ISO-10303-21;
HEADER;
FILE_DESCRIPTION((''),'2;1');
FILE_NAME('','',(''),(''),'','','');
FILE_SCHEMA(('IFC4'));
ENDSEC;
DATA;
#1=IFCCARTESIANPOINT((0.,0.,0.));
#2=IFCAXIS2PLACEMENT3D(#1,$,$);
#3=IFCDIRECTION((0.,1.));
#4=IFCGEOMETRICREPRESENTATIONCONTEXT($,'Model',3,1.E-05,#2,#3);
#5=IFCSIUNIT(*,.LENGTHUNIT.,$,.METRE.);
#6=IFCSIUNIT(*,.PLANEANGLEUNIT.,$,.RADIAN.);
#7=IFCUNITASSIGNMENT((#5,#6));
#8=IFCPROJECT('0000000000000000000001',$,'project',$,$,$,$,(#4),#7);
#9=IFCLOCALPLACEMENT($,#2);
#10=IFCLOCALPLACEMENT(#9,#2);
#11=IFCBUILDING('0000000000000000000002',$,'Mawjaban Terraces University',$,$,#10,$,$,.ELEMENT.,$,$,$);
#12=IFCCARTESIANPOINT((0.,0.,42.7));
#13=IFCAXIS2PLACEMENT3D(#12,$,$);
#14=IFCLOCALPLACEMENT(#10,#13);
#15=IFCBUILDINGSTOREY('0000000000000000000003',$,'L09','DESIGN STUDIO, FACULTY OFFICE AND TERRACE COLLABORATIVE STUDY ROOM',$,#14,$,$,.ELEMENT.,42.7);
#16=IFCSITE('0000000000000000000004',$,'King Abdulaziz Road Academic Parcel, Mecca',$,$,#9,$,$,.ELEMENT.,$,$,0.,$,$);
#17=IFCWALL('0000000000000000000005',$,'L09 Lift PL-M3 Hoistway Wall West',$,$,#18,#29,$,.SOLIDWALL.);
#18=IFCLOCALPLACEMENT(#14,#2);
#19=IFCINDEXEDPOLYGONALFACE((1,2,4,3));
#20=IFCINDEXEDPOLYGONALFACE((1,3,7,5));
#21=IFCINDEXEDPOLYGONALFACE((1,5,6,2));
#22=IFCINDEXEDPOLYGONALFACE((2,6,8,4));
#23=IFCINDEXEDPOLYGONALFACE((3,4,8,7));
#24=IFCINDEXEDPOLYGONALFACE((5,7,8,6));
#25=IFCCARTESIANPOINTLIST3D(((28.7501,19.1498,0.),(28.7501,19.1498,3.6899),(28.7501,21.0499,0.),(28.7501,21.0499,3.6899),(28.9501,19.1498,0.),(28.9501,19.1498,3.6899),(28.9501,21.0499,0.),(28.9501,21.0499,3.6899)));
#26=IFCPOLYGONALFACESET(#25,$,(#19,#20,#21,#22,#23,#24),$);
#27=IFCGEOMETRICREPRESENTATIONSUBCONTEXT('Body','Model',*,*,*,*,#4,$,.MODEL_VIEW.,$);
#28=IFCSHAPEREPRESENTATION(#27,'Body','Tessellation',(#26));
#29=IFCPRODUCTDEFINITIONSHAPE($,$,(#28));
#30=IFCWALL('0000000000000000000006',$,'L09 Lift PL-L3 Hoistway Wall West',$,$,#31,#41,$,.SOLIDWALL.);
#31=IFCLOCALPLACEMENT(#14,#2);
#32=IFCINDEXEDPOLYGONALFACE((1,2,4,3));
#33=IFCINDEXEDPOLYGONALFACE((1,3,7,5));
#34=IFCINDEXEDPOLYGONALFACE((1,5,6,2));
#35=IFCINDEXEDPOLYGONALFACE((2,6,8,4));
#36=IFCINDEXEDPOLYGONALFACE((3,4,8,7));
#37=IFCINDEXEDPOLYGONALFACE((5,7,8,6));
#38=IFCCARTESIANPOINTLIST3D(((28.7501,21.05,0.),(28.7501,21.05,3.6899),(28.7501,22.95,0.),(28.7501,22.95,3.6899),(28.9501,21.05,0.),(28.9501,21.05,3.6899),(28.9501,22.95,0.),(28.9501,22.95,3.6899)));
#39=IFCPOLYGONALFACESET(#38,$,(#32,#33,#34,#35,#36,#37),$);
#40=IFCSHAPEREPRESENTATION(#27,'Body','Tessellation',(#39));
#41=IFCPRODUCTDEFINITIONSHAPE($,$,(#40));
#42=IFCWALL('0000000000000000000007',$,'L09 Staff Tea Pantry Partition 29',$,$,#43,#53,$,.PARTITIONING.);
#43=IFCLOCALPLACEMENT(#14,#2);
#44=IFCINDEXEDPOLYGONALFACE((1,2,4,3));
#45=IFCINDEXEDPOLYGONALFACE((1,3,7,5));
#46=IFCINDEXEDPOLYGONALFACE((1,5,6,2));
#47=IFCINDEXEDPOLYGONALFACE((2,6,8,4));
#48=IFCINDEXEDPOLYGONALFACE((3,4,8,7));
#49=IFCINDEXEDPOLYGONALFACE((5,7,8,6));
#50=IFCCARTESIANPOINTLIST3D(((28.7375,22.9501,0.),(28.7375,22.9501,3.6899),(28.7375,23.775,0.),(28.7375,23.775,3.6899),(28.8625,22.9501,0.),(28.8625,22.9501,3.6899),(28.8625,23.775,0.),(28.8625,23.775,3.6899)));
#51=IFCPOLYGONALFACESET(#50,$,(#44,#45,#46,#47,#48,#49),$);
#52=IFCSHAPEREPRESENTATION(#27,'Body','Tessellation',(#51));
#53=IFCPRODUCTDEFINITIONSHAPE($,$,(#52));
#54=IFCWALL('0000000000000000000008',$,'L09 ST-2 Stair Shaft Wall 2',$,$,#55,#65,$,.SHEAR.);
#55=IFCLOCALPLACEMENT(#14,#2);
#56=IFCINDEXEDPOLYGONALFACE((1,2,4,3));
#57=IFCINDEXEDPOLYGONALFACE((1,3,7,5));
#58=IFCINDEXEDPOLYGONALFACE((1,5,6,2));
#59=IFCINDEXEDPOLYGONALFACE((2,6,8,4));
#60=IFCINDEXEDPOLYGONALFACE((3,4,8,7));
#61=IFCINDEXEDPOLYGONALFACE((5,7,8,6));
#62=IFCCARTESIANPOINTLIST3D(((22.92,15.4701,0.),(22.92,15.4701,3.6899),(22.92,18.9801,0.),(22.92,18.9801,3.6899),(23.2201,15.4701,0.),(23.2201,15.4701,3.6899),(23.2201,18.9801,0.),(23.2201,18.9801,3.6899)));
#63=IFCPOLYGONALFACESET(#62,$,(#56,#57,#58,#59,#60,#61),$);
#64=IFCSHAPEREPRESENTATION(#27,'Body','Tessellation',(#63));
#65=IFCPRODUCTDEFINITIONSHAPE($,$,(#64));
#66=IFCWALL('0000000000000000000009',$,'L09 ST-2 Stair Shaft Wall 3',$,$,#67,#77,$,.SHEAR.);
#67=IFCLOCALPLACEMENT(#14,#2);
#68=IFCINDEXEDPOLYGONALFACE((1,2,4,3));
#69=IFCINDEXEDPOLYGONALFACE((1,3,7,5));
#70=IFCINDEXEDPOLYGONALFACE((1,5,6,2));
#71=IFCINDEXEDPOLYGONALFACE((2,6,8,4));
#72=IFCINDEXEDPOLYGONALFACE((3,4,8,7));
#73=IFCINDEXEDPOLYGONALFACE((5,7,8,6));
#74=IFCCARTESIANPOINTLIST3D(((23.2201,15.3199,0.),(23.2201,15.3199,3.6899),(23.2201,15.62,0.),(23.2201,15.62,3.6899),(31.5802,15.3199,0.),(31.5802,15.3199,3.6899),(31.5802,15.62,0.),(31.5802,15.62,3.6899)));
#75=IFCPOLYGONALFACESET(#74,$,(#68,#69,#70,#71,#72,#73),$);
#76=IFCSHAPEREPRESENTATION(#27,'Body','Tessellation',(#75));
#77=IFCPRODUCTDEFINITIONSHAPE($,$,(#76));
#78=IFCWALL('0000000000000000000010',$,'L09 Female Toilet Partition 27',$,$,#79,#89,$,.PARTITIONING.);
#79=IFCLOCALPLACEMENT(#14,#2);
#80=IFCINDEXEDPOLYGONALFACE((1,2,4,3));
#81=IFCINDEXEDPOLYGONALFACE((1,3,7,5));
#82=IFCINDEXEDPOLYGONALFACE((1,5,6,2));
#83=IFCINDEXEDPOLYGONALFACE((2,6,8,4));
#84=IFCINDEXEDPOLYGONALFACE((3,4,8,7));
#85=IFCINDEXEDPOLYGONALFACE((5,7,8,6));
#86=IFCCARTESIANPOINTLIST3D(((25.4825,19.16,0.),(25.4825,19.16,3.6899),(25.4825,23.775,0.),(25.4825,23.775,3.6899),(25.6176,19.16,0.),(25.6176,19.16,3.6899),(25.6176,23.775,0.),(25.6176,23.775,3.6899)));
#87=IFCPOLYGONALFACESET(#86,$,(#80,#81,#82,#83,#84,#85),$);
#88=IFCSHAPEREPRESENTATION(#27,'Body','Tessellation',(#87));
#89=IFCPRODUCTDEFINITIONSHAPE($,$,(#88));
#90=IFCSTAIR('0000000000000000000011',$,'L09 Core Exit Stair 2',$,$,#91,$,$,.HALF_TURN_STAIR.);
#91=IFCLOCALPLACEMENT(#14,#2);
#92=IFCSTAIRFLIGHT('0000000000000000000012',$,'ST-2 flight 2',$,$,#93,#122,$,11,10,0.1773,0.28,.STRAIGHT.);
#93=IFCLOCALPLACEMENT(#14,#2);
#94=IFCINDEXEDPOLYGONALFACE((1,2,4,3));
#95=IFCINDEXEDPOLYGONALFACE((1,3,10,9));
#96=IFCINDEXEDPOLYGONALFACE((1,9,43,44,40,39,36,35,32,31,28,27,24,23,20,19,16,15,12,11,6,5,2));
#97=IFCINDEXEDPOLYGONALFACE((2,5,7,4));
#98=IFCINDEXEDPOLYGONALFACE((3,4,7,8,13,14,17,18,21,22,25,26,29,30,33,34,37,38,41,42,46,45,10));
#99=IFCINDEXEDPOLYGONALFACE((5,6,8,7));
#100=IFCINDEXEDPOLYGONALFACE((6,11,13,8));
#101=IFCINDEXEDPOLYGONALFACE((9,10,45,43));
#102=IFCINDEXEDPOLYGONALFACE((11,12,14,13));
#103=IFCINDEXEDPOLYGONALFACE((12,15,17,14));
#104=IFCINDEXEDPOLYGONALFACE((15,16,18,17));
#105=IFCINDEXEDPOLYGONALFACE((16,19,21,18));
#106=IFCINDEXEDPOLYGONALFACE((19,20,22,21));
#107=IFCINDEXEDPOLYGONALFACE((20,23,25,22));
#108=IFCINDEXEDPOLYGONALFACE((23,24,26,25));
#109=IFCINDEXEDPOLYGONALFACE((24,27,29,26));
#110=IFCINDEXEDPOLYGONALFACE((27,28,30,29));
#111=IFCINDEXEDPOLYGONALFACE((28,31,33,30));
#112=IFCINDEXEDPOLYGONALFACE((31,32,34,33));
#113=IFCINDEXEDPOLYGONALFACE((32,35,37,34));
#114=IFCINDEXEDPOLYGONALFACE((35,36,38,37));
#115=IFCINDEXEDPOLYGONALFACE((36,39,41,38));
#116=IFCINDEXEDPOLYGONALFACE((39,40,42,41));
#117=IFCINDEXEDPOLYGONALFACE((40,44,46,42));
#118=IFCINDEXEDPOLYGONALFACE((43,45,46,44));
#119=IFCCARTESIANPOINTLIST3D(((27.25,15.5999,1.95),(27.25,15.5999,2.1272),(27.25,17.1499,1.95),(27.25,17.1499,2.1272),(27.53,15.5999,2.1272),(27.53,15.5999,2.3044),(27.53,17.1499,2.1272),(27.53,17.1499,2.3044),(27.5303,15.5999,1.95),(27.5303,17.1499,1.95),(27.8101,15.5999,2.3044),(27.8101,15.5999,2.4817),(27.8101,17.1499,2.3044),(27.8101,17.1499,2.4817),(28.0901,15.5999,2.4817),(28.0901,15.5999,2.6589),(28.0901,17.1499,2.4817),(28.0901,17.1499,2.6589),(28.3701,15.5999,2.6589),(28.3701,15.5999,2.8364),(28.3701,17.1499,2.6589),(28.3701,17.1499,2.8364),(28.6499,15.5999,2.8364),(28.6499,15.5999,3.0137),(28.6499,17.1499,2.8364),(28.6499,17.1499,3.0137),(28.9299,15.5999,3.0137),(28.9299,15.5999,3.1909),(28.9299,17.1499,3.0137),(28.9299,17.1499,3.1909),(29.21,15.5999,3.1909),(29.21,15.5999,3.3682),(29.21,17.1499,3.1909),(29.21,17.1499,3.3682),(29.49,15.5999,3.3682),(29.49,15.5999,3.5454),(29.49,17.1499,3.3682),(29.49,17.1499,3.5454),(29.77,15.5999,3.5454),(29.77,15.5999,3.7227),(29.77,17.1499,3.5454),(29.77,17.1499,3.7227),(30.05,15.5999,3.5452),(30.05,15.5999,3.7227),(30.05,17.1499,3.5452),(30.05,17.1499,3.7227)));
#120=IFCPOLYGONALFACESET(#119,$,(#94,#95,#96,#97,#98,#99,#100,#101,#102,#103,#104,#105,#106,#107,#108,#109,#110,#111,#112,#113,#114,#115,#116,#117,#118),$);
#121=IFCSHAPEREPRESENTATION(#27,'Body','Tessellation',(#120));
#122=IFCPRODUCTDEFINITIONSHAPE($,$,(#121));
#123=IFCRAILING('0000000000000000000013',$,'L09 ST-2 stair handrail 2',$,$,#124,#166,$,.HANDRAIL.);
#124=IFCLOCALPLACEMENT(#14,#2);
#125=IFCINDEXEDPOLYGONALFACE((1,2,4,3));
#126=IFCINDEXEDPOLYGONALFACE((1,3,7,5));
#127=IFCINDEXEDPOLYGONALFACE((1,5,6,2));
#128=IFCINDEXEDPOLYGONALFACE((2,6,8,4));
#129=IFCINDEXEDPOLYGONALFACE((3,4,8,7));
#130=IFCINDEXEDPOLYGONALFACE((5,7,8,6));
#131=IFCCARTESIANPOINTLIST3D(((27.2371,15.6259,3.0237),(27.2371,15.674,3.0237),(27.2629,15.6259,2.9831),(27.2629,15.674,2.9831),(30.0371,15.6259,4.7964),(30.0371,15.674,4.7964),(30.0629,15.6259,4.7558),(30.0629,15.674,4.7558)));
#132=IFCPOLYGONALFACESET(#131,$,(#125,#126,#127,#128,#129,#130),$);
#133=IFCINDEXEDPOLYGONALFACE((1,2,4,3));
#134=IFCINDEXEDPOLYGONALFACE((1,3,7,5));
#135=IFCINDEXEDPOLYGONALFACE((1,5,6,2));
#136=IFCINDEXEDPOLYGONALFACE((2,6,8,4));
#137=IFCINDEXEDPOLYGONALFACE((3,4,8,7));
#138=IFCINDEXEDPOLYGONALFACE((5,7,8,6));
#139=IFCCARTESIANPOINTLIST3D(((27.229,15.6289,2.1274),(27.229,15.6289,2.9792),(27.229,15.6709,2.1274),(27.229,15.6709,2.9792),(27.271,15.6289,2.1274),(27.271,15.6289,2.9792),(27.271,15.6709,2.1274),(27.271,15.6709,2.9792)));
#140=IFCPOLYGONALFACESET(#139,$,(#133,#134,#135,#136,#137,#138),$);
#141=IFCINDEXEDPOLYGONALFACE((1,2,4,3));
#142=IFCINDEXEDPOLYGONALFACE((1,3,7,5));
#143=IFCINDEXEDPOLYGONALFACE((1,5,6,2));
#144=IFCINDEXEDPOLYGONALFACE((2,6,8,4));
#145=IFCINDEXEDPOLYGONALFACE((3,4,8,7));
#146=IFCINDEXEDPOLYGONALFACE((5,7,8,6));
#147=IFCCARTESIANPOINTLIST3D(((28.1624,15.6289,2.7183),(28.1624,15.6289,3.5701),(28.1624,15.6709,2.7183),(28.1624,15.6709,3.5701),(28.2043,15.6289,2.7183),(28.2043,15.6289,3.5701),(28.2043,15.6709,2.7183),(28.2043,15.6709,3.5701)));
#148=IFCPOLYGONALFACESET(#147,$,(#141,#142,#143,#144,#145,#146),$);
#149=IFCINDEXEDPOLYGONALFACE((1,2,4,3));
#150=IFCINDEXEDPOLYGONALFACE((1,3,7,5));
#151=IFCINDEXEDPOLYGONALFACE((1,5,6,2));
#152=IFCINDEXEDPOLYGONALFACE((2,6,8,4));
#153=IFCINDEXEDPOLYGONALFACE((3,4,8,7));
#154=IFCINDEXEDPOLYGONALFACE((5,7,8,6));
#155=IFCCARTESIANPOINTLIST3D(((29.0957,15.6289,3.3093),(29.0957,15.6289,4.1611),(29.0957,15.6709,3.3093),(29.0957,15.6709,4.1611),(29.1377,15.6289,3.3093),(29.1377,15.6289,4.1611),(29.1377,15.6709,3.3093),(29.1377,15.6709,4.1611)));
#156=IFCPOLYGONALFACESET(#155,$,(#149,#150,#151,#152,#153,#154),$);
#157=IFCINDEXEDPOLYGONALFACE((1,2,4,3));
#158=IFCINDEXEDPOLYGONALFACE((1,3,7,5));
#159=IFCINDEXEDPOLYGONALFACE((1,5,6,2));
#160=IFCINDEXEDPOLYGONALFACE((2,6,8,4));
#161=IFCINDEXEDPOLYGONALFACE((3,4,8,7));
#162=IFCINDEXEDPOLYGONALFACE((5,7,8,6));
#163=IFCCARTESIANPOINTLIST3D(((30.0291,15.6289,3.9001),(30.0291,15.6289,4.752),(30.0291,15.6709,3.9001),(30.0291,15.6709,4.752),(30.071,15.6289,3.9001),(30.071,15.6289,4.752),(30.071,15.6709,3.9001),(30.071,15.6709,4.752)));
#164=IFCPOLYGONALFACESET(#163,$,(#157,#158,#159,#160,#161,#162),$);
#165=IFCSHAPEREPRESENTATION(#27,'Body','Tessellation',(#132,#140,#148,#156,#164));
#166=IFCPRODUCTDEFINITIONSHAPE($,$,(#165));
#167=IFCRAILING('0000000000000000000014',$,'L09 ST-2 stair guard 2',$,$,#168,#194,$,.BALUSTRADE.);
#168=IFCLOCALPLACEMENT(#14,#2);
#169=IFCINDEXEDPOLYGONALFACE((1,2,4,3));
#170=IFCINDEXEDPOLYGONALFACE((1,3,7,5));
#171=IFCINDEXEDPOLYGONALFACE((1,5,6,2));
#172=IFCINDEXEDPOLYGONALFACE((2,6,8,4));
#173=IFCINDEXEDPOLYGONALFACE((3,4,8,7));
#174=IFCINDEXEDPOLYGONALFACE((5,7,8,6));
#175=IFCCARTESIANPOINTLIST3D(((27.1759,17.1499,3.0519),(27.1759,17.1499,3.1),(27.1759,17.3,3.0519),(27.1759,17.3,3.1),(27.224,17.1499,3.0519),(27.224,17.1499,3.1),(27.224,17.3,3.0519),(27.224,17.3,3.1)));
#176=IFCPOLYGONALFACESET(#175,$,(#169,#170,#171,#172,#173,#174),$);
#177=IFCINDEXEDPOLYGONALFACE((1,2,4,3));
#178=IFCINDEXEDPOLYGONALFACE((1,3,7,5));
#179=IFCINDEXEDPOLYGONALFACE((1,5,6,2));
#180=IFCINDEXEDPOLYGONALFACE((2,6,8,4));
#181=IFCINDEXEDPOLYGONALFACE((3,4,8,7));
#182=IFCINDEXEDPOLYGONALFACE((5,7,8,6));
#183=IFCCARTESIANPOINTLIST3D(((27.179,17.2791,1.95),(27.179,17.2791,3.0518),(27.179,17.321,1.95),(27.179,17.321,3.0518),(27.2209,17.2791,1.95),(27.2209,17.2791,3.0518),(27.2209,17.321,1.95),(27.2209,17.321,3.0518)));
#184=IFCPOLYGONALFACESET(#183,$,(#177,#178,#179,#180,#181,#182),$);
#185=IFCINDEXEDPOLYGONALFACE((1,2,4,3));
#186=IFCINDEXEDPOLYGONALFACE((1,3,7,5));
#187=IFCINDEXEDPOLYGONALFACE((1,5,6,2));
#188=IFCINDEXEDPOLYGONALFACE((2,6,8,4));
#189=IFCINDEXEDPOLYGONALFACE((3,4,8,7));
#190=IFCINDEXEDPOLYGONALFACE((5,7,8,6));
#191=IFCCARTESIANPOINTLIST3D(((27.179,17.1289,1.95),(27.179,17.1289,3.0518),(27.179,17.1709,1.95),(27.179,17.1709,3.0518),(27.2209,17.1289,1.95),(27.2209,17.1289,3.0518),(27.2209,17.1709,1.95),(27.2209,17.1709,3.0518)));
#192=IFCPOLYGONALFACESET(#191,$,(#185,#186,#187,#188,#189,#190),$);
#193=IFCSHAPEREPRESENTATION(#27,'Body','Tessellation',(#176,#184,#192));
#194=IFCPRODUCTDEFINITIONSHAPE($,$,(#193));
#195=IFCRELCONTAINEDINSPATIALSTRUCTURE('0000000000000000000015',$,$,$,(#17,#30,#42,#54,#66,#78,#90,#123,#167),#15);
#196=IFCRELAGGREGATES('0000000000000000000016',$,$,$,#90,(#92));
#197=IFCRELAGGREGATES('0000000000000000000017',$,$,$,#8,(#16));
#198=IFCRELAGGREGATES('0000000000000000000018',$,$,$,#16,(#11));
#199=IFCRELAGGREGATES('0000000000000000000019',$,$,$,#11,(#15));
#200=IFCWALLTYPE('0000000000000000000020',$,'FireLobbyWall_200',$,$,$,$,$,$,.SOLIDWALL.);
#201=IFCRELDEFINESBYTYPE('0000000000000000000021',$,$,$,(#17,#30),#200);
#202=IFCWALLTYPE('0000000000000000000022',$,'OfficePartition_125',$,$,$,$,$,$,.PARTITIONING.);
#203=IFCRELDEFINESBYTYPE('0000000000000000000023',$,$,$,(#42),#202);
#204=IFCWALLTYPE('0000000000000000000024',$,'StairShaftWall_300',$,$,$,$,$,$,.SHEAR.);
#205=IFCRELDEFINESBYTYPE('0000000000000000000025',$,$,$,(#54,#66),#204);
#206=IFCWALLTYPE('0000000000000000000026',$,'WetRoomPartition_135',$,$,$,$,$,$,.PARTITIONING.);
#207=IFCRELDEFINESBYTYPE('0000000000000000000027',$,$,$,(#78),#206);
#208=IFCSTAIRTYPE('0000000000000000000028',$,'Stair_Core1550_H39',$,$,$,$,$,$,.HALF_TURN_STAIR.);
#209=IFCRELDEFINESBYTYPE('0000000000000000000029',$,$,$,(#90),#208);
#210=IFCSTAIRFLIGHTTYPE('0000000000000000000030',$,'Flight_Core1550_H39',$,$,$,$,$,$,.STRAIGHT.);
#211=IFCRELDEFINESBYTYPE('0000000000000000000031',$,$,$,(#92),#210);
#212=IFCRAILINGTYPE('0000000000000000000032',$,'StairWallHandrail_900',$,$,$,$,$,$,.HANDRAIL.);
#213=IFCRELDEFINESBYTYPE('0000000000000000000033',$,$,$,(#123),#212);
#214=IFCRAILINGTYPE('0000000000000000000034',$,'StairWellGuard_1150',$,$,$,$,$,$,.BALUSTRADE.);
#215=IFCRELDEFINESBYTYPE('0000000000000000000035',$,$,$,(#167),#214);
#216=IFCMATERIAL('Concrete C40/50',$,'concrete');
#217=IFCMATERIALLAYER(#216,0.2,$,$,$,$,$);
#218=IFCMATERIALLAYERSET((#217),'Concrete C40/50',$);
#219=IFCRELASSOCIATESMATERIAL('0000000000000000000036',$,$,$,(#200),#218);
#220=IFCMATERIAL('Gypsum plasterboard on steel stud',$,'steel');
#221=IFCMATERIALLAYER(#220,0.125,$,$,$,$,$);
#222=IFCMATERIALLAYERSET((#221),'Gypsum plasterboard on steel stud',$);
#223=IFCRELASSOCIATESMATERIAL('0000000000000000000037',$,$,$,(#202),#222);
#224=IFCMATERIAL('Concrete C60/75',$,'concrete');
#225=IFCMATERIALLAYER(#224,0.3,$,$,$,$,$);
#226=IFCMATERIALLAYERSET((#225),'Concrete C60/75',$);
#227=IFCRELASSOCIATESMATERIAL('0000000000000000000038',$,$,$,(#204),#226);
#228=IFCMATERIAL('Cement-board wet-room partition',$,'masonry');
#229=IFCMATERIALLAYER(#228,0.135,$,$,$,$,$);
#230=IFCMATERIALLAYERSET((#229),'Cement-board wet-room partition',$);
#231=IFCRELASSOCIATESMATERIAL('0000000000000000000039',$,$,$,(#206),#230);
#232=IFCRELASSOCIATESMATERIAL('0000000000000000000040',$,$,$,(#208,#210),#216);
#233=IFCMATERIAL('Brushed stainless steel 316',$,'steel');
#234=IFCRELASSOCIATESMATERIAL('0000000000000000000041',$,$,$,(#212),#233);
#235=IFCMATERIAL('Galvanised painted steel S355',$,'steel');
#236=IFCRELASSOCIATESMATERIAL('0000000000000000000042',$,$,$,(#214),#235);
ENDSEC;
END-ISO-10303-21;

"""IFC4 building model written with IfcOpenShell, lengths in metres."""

from ifc_helpers import new_model, si_unit, direction, frame, frame_2d, origin, origin_2d, place, context, subcontext, project, spatial, polyline, rectangle, outline, extrude, material, layer, layer_set, type_object, element, aggregate, save


model = new_model("IFC4")

# Units and contexts
model_context = context("Model", 3, precision=1e-05, world=origin(), true_north=direction((0.0, 1.0)))
body_context = subcontext(model_context, "Body", "Model", "MODEL_VIEW")
ifc_project = project(units=[si_unit("LENGTHUNIT", "METRE"), si_unit("PLANEANGLEUNIT", "RADIAN")], contexts=[model_context])

# Site, building, storey
site_placement = place(None, origin())
site = spatial("IfcSite", under=ifc_project, at=site_placement, Name="King Abdulaziz Road Academic Parcel, Mecca", CompositionType="ELEMENT", RefElevation=0.0)
building_placement = place(site_placement, origin())
building = spatial("IfcBuilding", under=site, at=building_placement, Name="Mawjaban Terraces University", CompositionType="ELEMENT")
storey_placement = place(building_placement, frame((0.0, 0.0, 42.7)))
storey = spatial("IfcBuildingStorey", under=building, at=storey_placement, Name="L09", Description="DESIGN STUDIO, FACULTY OFFICE AND TERRACE COLLABORATIVE STUDY ROOM", CompositionType="ELEMENT", Elevation=42.7)

# Walls
ifc_material_1 = material(Name="Concrete C40/50", Category="concrete")
ifc_layer_1 = layer(ifc_material_1, 0.2)
ifc_layer_set_1 = layer_set([ifc_layer_1], Name="Concrete C40/50")
wall_type_1 = type_object("IfcWallType", Name="FireLobbyWall_200", PredefinedType="SOLIDWALL", material=ifc_layer_set_1)
wall_1_placement = place(storey_placement, frame((28.8501, 21.05, 0.0), z_axis=(0.0, 0.0, 1.0), x_axis=(0.0, -1.0, 0.0)))
element("IfcWall", 1, at=wall_1_placement, inside=storey, type_object=wall_type_1, Name="L09 Lift PL-M3 Hoistway Wall West", PredefinedType="SOLIDWALL", context=body_context, shape_type="SweptSolid", body=[
    extrude(rectangle(XDim=1.9001, YDim=0.2, at=frame_2d((0.9502, 0.0))), origin(), (0.0, 0.0, 1.0), 3.6899),
])
wall_2_placement = place(storey_placement, frame((28.8501, 22.95, 0.0), z_axis=(0.0, 0.0, 1.0), x_axis=(0.0, -1.0, 0.0)))
element("IfcWall", 2, at=wall_2_placement, inside=storey, type_object=wall_type_1, Name="L09 Lift PL-L3 Hoistway Wall West", PredefinedType="SOLIDWALL", context=body_context, shape_type="SweptSolid", body=[
    extrude(rectangle(XDim=1.8999, YDim=0.2, at=frame_2d((0.95, 0.0))), origin(), (0.0, 0.0, 1.0), 3.6899),
])
ifc_material_2 = material(Name="Gypsum plasterboard on steel stud", Category="steel")
ifc_layer_2 = layer(ifc_material_2, 0.125)
ifc_layer_set_2 = layer_set([ifc_layer_2], Name="Gypsum plasterboard on steel stud")
wall_type_2 = type_object("IfcWallType", Name="OfficePartition_125", PredefinedType="PARTITIONING", material=ifc_layer_set_2)
wall_3_placement = place(storey_placement, frame((28.8, 22.95, 0.0), z_axis=(0.0, 0.0, 1.0), x_axis=(0.0, 1.0, 0.0)))
element("IfcWall", 3, at=wall_3_placement, inside=storey, type_object=wall_type_2, Name="L09 Staff Tea Pantry Partition 29", PredefinedType="PARTITIONING", context=body_context, shape_type="SweptSolid", body=[
    extrude(rectangle(XDim=0.825, YDim=0.125, at=frame_2d((0.4126, 0.0))), origin(), (0.0, 0.0, 1.0), 3.6899),
])
ifc_material_3 = material(Name="Concrete C60/75", Category="concrete")
ifc_layer_3 = layer(ifc_material_3, 0.3)
ifc_layer_set_3 = layer_set([ifc_layer_3], Name="Concrete C60/75")
wall_type_3 = type_object("IfcWallType", Name="StairShaftWall_300", PredefinedType="SHEAR", material=ifc_layer_set_3)
wall_4_placement = place(storey_placement, frame((23.0701, 18.98, 0.0), z_axis=(0.0, 0.0, 1.0), x_axis=(0.0, -1.0, 0.0)))
element("IfcWall", 4, at=wall_4_placement, inside=storey, type_object=wall_type_3, Name="L09 ST-2 Stair Shaft Wall 2", PredefinedType="SHEAR", context=body_context, shape_type="SweptSolid", body=[
    extrude(rectangle(XDim=3.51, YDim=0.3, at=frame_2d((1.7549, 0.0))), origin(), (0.0, 0.0, 1.0), 3.6899),
])
wall_5_placement = place(storey_placement, frame((23.22, 15.47, 0.0), z_axis=(0.0, 0.0, 1.0), x_axis=(1.0, 0.0, 0.0)))
element("IfcWall", 5, at=wall_5_placement, inside=storey, type_object=wall_type_3, Name="L09 ST-2 Stair Shaft Wall 3", PredefinedType="SHEAR", context=body_context, shape_type="SweptSolid", body=[
    extrude(rectangle(XDim=8.3601, YDim=0.3, at=frame_2d((4.1802, 0.0))), origin(), (0.0, 0.0, 1.0), 3.6899),
])
ifc_material_4 = material(Name="Cement-board wet-room partition", Category="masonry")
ifc_layer_4 = layer(ifc_material_4, 0.135)
ifc_layer_set_4 = layer_set([ifc_layer_4], Name="Cement-board wet-room partition")
wall_type_4 = type_object("IfcWallType", Name="WetRoomPartition_135", PredefinedType="PARTITIONING", material=ifc_layer_set_4)
wall_6_placement = place(storey_placement, frame((25.55, 19.1599, 0.0), z_axis=(0.0, 0.0, 1.0), x_axis=(0.0, 1.0, 0.0)))
element("IfcWall", 6, at=wall_6_placement, inside=storey, type_object=wall_type_4, Name="L09 Female Toilet Partition 27", PredefinedType="PARTITIONING", context=body_context, shape_type="SweptSolid", body=[
    extrude(rectangle(XDim=4.615, YDim=0.135, at=frame_2d((2.3076, 0.0))), origin(), (0.0, 0.0, 1.0), 3.6899),
])

# Stair, stair flight
stair_type = type_object("IfcStairType", Name="Stair_Core1550_H39", PredefinedType="HALF_TURN_STAIR", material=ifc_material_1)
stair_placement = place(storey_placement, origin())
stair = element("IfcStair", 7, at=stair_placement, inside=storey, type_object=stair_type, Name="L09 Core Exit Stair 2", PredefinedType="HALF_TURN_STAIR")
stair_flight_type = type_object("IfcStairFlightType", Name="Flight_Core1550_H39", PredefinedType="STRAIGHT", material=ifc_material_1)
stair_flight_placement = place(storey_placement, frame((27.25, 16.375, 1.95), z_axis=(0.0, 0.0, 1.0), x_axis=(1.0, 0.0, 0.0)))
stair_flight = element("IfcStairFlight", 8, at=stair_flight_placement, type_object=stair_flight_type, Name="ST-2 flight 2", NumberOfRisers=11, NumberOfTreads=10, PredefinedType="STRAIGHT", RiserHeight=0.1773, TreadLength=0.28, context=body_context, shape_type="SweptSolid", body=[
    extrude(outline(polyline([(0.0, 0.0), (0.0, 0.1772), (0.28, 0.1772), (0.28, 0.3545), (0.5601, 0.3545), (0.5601, 0.5317), (0.8401, 0.5317), (0.8401, 0.709), (1.1201, 0.709), (1.1201, 0.8865), (1.3999, 0.8865), (1.3999, 1.0637), (1.6799, 1.0637), (1.6799, 1.241), (1.96, 1.241), (1.96, 1.4182), (2.24, 1.4182), (2.24, 1.5955), (2.52, 1.5955), (2.52, 1.7727), (2.8, 1.7727), (2.8, 1.95), (2.8, 1.5952), (0.2803, 0.0), (0.0, 0.0)])), frame((0.0, 0.7749, 0.0), z_axis=(0.0, -1.0, 0.0), x_axis=(1.0, 0.0, 0.0)), (0.0, 0.0, 1.0), 1.55),
])
aggregate(stair, [stair_flight])

# Railings
ifc_material_5 = material(Name="Brushed stainless steel 316", Category="steel")
railing_type_1 = type_object("IfcRailingType", Name="StairWallHandrail_900", PredefinedType="HANDRAIL", material=ifc_material_5)
railing_1_placement = place(storey_placement, frame((27.25, 15.6499, 2.1274)))
element("IfcRailing", 9, at=railing_1_placement, inside=storey, type_object=railing_type_1, Name="L09 ST-2 stair handrail 2", PredefinedType="HANDRAIL", context=body_context, shape_type="SweptSolid", body=[
    extrude(rectangle(XDim=0.0481, YDim=0.0481, at=origin_2d()), frame((0.0, 0.0, 0.876), z_axis=(0.844909, 0.0, 0.53491), x_axis=(0.0, 1.0, 0.0)), (0.0, 0.0, 1.0), 3.314),
    extrude(rectangle(XDim=0.042, YDim=0.042, at=origin_2d()), origin(), (0.0, 0.0, 1.0), 0.8518),
    extrude(rectangle(XDim=0.042, YDim=0.042, at=origin_2d()), frame((0.9333, 0.0, 0.5908)), (0.0, 0.0, 1.0), 0.8518),
    extrude(rectangle(XDim=0.042, YDim=0.042, at=origin_2d()), frame((1.8667, 0.0, 1.1819)), (0.0, 0.0, 1.0), 0.8518),
    extrude(rectangle(XDim=0.042, YDim=0.042, at=origin_2d()), frame((2.8, 0.0, 1.7727)), (0.0, 0.0, 1.0), 0.8518),
])
ifc_material_6 = material(Name="Galvanised painted steel S355", Category="steel")
railing_type_2 = type_object("IfcRailingType", Name="StairWellGuard_1150", PredefinedType="BALUSTRADE", material=ifc_material_6)
railing_2_placement = place(storey_placement, frame((27.2, 17.3, 1.95)))
element("IfcRailing", 10, at=railing_2_placement, inside=storey, type_object=railing_type_2, Name="L09 ST-2 stair guard 2", PredefinedType="BALUSTRADE", context=body_context, shape_type="SweptSolid", body=[
    extrude(rectangle(XDim=0.0481, YDim=0.0481, at=origin_2d()), frame((0.0, 0.0, 1.126), z_axis=(0.0, -1.0, 0.0), x_axis=(1.0, 0.0, 0.0)), (0.0, 0.0, 1.0), 0.1501),
    extrude(rectangle(XDim=0.042, YDim=0.042, at=origin_2d()), origin(), (0.0, 0.0, 1.0), 1.1018),
    extrude(rectangle(XDim=0.042, YDim=0.042, at=origin_2d()), frame((0.0, -0.1501, 0.0)), (0.0, 0.0, 1.0), 1.1018),
])

save(model, "model.ifc")
